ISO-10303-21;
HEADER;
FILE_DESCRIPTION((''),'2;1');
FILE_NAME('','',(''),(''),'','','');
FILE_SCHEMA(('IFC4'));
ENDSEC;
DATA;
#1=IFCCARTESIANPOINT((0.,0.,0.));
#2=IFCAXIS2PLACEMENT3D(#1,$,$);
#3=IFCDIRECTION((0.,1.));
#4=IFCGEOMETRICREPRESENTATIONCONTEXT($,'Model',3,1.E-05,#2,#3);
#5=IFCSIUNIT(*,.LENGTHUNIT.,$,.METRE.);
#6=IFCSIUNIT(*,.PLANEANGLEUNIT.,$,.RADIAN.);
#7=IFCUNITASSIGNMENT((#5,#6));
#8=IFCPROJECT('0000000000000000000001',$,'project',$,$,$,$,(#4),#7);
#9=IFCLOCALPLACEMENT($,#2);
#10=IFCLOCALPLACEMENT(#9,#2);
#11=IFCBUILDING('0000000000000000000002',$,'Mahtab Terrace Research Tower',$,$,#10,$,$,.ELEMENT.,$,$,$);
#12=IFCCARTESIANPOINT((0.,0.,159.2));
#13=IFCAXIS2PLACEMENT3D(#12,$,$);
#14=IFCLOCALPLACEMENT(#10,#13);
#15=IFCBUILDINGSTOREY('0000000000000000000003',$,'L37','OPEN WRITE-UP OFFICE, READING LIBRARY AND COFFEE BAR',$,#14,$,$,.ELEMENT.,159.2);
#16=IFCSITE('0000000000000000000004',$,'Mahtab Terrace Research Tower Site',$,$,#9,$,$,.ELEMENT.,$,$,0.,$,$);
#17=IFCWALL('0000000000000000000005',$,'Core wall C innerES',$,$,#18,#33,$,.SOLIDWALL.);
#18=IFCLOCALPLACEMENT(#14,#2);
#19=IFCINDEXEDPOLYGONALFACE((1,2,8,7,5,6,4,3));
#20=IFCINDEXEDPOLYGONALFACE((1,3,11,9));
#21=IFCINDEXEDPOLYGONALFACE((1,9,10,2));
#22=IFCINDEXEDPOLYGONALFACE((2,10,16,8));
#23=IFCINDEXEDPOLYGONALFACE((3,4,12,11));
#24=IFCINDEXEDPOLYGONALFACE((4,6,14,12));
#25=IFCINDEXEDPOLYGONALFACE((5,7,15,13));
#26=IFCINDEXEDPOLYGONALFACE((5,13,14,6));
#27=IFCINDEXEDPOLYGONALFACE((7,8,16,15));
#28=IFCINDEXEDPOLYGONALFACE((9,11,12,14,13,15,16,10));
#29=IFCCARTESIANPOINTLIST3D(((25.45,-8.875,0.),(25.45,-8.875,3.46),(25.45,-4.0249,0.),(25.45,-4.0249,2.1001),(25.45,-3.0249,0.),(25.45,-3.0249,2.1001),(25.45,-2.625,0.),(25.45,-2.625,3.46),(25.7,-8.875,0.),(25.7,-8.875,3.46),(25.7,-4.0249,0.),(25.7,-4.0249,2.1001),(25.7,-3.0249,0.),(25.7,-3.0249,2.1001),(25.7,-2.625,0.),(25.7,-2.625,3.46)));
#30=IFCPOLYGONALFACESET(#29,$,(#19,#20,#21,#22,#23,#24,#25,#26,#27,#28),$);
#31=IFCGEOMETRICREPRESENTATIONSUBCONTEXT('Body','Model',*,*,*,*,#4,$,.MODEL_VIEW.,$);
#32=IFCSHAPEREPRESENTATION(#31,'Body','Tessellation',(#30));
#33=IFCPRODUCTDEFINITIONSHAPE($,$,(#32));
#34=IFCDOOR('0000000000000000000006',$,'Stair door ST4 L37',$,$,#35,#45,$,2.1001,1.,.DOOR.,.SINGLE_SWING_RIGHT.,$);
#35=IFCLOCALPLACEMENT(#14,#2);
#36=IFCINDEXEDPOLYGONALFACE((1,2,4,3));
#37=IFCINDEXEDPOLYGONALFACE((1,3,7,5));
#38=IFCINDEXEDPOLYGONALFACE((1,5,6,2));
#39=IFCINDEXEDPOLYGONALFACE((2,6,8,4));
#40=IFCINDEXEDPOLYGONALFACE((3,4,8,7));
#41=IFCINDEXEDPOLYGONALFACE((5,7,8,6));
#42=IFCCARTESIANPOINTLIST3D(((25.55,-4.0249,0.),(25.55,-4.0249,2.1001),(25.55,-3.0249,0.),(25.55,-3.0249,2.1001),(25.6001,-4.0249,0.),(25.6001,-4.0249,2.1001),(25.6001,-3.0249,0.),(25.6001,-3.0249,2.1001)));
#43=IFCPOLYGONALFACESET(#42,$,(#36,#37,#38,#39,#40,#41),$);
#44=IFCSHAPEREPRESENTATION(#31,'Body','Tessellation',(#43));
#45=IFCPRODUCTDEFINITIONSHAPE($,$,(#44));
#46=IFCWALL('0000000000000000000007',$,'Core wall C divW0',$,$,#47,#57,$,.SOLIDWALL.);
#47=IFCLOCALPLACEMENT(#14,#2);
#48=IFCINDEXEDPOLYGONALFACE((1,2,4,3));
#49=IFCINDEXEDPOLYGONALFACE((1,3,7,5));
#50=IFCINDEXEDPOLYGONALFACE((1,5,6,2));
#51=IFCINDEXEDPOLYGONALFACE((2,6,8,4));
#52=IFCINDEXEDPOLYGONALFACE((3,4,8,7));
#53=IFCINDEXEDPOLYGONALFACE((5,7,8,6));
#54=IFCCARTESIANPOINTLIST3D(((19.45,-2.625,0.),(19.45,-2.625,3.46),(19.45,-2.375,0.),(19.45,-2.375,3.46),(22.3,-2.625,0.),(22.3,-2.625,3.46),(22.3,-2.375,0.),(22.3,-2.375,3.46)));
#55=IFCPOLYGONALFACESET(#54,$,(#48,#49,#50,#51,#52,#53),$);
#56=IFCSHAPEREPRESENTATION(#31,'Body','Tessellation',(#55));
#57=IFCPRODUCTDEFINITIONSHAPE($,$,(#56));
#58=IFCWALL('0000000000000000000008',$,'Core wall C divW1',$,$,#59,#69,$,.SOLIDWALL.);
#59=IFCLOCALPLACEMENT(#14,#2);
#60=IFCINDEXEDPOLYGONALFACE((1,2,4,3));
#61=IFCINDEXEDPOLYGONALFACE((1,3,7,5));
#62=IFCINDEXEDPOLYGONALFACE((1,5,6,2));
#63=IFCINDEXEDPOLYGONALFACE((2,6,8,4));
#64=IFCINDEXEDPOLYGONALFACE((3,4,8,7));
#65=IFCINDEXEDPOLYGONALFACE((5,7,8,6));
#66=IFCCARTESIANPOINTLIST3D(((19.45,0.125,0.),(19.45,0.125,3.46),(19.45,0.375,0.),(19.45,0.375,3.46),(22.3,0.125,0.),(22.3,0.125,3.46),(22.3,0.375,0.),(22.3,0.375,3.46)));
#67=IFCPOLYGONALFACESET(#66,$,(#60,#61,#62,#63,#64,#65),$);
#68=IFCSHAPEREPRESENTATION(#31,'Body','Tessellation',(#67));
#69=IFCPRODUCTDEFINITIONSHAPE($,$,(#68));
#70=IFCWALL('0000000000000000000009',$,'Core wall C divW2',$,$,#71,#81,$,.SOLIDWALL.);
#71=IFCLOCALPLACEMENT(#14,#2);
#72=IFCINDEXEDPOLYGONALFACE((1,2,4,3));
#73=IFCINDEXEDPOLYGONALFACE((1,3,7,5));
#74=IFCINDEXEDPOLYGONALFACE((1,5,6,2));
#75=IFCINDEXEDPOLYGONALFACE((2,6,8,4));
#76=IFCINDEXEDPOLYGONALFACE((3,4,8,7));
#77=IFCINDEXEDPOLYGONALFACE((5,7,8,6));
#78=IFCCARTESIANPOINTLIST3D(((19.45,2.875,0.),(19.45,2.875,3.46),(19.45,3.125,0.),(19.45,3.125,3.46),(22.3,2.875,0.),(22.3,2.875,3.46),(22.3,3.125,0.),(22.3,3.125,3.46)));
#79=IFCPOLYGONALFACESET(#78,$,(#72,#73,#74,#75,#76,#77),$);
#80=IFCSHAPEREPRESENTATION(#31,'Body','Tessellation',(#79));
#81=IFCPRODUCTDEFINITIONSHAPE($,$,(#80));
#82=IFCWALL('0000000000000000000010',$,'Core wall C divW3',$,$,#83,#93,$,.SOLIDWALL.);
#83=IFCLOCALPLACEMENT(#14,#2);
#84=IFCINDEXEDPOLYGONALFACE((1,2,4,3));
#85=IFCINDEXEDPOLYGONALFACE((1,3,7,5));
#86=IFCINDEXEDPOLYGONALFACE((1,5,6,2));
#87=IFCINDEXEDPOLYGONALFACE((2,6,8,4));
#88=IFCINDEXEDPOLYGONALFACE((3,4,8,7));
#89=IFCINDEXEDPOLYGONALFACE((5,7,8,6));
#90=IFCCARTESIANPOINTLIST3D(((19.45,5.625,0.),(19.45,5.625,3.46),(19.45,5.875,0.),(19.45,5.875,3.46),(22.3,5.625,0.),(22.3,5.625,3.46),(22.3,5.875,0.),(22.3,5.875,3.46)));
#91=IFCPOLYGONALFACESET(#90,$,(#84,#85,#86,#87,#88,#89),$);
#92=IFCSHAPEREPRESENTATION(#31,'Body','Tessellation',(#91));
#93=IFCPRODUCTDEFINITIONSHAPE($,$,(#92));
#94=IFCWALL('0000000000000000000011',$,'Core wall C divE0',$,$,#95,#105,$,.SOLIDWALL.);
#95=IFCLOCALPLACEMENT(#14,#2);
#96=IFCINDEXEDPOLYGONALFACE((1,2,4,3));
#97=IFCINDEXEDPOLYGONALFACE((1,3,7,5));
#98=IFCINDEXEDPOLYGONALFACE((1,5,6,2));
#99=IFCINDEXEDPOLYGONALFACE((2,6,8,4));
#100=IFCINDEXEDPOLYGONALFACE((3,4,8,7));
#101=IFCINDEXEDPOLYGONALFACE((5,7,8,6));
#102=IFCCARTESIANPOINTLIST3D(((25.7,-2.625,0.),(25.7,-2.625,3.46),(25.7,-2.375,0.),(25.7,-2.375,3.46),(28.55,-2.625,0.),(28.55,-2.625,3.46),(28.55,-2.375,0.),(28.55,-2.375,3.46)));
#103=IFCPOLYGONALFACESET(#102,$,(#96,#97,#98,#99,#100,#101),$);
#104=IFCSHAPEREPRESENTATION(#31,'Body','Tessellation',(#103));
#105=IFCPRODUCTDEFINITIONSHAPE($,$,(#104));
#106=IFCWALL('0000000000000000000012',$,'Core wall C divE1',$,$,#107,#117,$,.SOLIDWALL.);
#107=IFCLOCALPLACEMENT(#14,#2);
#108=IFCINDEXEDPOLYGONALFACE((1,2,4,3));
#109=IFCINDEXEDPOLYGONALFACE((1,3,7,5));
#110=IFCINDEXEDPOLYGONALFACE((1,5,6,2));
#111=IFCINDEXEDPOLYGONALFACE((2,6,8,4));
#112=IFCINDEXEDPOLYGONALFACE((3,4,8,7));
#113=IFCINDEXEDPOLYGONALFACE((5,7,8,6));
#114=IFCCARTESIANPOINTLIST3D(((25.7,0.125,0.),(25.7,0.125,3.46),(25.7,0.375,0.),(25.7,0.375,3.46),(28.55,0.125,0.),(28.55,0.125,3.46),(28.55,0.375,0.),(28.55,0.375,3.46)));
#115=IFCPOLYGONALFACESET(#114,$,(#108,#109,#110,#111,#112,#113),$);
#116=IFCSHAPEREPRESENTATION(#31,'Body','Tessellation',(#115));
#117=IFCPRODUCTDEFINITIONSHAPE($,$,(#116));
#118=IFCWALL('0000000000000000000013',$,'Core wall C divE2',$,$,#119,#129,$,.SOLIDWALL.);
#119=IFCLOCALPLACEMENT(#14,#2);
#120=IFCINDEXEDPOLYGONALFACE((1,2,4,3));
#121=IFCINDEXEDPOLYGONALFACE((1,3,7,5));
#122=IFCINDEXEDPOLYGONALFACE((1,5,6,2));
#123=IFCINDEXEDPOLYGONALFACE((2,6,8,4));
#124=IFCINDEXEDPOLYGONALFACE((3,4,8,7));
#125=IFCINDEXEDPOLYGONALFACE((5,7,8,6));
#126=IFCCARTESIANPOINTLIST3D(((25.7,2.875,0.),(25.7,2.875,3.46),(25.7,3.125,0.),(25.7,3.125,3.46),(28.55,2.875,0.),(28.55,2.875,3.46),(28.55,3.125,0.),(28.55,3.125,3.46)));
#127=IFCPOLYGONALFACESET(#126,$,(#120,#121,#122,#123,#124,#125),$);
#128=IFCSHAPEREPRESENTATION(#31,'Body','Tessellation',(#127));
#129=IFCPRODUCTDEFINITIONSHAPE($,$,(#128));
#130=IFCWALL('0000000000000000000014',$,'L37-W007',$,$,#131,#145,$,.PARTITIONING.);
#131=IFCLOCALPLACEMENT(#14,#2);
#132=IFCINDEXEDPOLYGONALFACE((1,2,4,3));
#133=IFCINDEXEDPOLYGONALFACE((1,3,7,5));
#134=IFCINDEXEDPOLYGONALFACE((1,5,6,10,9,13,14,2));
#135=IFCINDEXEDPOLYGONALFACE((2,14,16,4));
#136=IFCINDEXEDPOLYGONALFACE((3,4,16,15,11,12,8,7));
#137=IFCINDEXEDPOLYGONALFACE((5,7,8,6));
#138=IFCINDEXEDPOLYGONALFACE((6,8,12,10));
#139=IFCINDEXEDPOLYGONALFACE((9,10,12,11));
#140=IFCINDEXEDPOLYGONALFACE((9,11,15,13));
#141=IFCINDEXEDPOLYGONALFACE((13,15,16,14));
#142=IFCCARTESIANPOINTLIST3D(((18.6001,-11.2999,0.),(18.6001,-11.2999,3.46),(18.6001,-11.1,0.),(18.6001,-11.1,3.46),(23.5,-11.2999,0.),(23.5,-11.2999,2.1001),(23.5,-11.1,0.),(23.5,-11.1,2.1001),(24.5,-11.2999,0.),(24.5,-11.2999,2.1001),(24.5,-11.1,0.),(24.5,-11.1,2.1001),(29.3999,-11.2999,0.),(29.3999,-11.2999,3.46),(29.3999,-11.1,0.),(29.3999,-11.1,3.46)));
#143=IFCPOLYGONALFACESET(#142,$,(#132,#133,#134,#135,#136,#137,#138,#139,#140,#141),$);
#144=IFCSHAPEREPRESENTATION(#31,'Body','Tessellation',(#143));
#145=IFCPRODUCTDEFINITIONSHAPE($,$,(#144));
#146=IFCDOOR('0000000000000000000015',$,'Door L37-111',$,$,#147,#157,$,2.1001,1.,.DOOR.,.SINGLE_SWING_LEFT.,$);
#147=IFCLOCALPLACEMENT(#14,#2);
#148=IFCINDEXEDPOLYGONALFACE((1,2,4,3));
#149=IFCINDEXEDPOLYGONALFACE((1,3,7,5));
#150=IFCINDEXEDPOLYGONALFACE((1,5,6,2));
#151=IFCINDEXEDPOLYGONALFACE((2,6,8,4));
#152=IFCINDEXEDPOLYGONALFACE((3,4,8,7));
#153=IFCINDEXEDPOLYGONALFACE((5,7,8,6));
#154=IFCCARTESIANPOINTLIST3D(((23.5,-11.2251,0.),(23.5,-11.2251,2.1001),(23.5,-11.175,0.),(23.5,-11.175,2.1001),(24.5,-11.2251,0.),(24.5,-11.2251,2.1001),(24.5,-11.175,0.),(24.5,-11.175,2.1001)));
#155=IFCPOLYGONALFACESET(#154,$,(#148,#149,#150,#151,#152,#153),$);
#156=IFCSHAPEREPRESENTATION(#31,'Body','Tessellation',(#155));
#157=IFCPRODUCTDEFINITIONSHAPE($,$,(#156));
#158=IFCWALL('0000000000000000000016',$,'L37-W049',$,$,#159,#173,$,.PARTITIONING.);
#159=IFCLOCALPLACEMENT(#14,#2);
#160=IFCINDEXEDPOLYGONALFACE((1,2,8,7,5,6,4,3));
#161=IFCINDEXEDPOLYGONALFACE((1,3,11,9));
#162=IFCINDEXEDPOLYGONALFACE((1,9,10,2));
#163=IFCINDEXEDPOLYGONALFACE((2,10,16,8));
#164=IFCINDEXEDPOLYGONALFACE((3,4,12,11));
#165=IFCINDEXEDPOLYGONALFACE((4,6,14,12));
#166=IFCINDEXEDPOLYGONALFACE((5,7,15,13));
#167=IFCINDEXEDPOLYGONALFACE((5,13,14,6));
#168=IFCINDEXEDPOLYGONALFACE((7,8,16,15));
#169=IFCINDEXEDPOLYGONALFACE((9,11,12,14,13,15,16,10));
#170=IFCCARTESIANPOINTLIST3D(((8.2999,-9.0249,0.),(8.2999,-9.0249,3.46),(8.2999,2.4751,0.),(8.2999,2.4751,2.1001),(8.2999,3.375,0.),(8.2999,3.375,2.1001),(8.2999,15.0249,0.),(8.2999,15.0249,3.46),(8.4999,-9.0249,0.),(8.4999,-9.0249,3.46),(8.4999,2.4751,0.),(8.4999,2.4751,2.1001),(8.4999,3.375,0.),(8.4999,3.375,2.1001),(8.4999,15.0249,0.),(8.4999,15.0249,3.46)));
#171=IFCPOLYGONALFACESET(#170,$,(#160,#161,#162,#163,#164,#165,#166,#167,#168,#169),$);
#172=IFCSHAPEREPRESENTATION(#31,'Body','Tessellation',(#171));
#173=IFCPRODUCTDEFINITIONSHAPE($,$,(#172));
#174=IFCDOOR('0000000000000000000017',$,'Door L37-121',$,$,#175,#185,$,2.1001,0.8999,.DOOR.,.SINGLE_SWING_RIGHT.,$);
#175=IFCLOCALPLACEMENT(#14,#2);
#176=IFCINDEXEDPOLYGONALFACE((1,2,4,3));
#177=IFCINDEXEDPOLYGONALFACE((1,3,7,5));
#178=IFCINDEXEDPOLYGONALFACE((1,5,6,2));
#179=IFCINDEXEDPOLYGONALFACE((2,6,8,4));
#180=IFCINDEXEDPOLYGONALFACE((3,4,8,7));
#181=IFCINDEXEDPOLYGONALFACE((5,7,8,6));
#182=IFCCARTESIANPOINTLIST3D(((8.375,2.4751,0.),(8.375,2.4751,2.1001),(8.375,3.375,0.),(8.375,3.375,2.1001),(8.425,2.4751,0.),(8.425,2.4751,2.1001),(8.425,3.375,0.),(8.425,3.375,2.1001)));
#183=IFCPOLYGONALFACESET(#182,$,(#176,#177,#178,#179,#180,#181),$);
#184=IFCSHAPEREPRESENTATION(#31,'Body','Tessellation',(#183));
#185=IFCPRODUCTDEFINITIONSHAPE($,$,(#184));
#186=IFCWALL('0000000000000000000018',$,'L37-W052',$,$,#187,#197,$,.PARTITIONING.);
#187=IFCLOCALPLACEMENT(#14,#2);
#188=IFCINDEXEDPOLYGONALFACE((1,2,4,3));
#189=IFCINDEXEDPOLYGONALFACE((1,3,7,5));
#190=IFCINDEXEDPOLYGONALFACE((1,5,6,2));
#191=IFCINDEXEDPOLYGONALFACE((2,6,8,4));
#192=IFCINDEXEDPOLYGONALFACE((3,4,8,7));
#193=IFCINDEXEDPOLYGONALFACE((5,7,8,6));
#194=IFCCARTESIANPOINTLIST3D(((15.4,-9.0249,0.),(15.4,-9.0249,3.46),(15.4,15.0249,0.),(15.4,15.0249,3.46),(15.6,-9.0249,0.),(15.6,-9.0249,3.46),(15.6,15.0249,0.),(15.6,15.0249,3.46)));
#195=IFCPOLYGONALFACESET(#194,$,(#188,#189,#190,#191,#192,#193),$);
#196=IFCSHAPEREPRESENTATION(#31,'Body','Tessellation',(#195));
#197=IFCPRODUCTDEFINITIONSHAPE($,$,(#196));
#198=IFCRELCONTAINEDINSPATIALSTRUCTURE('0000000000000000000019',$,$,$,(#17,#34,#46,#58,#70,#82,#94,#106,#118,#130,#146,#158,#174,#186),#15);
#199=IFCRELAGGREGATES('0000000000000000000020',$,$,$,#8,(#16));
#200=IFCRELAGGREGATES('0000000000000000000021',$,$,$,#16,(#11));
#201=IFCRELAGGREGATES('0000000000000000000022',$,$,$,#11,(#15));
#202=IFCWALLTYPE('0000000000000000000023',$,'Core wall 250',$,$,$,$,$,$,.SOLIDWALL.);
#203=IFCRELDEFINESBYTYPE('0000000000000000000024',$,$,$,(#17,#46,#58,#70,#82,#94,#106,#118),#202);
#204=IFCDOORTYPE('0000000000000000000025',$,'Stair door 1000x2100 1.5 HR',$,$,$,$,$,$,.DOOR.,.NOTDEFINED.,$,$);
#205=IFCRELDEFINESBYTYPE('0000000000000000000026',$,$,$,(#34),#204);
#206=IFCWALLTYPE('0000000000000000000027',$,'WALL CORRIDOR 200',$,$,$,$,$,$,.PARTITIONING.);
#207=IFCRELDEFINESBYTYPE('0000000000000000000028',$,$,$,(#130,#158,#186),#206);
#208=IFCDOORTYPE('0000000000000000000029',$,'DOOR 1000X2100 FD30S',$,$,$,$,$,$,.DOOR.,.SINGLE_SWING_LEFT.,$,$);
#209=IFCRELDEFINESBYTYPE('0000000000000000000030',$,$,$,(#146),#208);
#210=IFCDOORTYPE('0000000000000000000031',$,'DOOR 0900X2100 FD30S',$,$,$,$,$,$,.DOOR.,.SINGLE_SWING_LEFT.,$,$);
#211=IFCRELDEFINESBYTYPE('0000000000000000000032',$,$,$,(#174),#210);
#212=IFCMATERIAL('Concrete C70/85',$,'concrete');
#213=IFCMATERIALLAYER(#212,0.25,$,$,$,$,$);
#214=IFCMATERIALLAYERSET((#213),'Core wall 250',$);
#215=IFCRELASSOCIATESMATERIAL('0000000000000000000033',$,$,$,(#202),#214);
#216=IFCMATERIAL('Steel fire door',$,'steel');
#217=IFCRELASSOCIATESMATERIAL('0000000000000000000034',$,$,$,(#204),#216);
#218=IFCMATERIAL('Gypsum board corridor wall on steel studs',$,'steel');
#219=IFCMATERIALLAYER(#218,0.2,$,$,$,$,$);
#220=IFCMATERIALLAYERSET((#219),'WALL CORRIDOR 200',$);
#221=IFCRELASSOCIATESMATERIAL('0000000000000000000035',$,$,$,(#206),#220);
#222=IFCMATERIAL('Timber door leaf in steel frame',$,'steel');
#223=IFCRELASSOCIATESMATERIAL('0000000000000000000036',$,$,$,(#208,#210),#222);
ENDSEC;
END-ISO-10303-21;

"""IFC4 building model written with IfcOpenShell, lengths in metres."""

from ifc_helpers import new_model, si_unit, direction, frame, frame_2d, origin, place, context, subcontext, project, spatial, rectangle, extrude, material, layer, layer_set, type_object, element, fill, save


model = new_model("IFC4")

# Units and contexts
model_context = context("Model", 3, precision=1e-05, world=origin(), true_north=direction((0.0, 1.0)))
body_context = subcontext(model_context, "Body", "Model", "MODEL_VIEW")
ifc_project = project(units=[si_unit("LENGTHUNIT", "METRE"), si_unit("PLANEANGLEUNIT", "RADIAN")], contexts=[model_context])

# Site, building, storey
site_placement = place(None, origin())
site = spatial("IfcSite", under=ifc_project, at=site_placement, Name="Mahtab Terrace Research Tower Site", CompositionType="ELEMENT", RefElevation=0.0)
building_placement = place(site_placement, origin())
building = spatial("IfcBuilding", under=site, at=building_placement, Name="Mahtab Terrace Research Tower", CompositionType="ELEMENT")
storey_placement = place(building_placement, frame((0.0, 0.0, 159.2)))
storey = spatial("IfcBuildingStorey", under=building, at=storey_placement, Name="L37", Description="OPEN WRITE-UP OFFICE, READING LIBRARY AND COFFEE BAR", CompositionType="ELEMENT", Elevation=159.2)

# Shared definitions
ifc_material_1 = material(Name="Concrete C70/85", Category="concrete")

# Shared definitions
ifc_layer_1 = layer(ifc_material_1, 0.25)
ifc_layer_set_1 = layer_set([ifc_layer_1], Name="Core wall 250")
wall_type_1 = type_object("IfcWallType", Name="Core wall 250", PredefinedType="SOLIDWALL", material=ifc_layer_set_1)
ifc_material_2 = material(Name="Steel fire door", Category="steel")

# Wall, opening, door
wall_1_placement = place(storey_placement, frame((25.575, -8.875, 0.0), z_axis=(0.0, 0.0, 1.0), x_axis=(0.0, 1.0, 0.0)))
wall_1 = element("IfcWall", 1, at=wall_1_placement, inside=storey, type_object=wall_type_1, Name="Core wall C innerES", PredefinedType="SOLIDWALL", context=body_context, shape_type="SweptSolid", body=[
    extrude(rectangle(XDim=6.25, YDim=0.25, at=frame_2d((3.125, 0.0))), origin(), (0.0, 0.0, 1.0), 3.46),
])
opening_1_placement = place(wall_1_placement, frame((4.8501, 0.0, 0.0)))
opening_1 = element("IfcOpeningElement", 2, at=opening_1_placement, cuts=wall_1, PredefinedType="OPENING", context=body_context, shape_type="SweptSolid", body=[
    extrude(rectangle(XDim=1.0, YDim=2.1001, at=frame_2d((0.5, 1.05))), frame((0.0, 0.135, 0.0), z_axis=(0.0, -1.0, 0.0), x_axis=(1.0, 0.0, 0.0)), (0.0, 0.0, 1.0), 0.27),
])
door_type_1 = type_object("IfcDoorType", Name="Stair door 1000x2100 1.5 HR", OperationType="NOTDEFINED", PredefinedType="DOOR", material=ifc_material_2)
door_1_placement = place(opening_1_placement, origin())
door_1 = element("IfcDoor", 3, at=door_1_placement, inside=storey, type_object=door_type_1, Name="Stair door ST4 L37", OperationType="SINGLE_SWING_RIGHT", OverallHeight=2.1001, OverallWidth=1.0, PredefinedType="DOOR", context=body_context, shape_type="SweptSolid", body=[
    extrude(rectangle(XDim=1.0, YDim=2.1001, at=frame_2d((0.5, 1.05))), frame((0.0, 0.0249, 0.0), z_axis=(0.0, -1.0, 0.0), x_axis=(1.0, 0.0, 0.0)), (0.0, 0.0, 1.0), 0.05),
])
fill(opening_1, door_1)

# Walls
for number, where, z_axis, x_axis, name in (
    (4, (19.45, -2.5, 0.0), (0.0, 0.0, 1.0), (1.0, 0.0, 0.0), "Core wall C divW0"),
    (5, (19.45, 0.25, 0.0), (0.0, 0.0, 1.0), (1.0, 0.0, 0.0), "Core wall C divW1"),
    (6, (19.45, 3.0, 0.0), (0.0, 0.0, 1.0), (1.0, 0.0, 0.0), "Core wall C divW2"),
    (7, (19.45, 5.75, 0.0), (0.0, 0.0, 1.0), (1.0, 0.0, 0.0), "Core wall C divW3"),
    (8, (25.7, -2.5, 0.0), (0.0, 0.0, 1.0), (1.0, 0.0, 0.0), "Core wall C divE0"),
    (9, (25.7, 0.25, 0.0), (0.0, 0.0, 1.0), (1.0, 0.0, 0.0), "Core wall C divE1"),
    (10, (25.7, 3.0, 0.0), (0.0, 0.0, 1.0), (1.0, 0.0, 0.0), "Core wall C divE2"),
):
    element("IfcWall", number, at=place(storey_placement, frame(where, z_axis=z_axis, x_axis=x_axis)), inside=storey, type_object=wall_type_1, Name=name, PredefinedType="SOLIDWALL", context=body_context, shape_type="SweptSolid", body=[
        extrude(rectangle(XDim=2.8501, YDim=0.25, at=frame_2d((1.425, 0.0))), origin(), (0.0, 0.0, 1.0), 3.46),
    ])

# Walls, openings, doors
ifc_material_3 = material(Name="Gypsum board corridor wall on steel studs", Category="steel")
ifc_layer_2 = layer(ifc_material_3, 0.2)
ifc_layer_set_2 = layer_set([ifc_layer_2], Name="WALL CORRIDOR 200")
wall_type_2 = type_object("IfcWallType", Name="WALL CORRIDOR 200", PredefinedType="PARTITIONING", material=ifc_layer_set_2)
wall_2_placement = place(storey_placement, frame((18.6001, -11.2, 0.0), z_axis=(0.0, 0.0, 1.0), x_axis=(1.0, 0.0, 0.0)))
wall_2 = element("IfcWall", 11, at=wall_2_placement, inside=storey, type_object=wall_type_2, Name="L37-W007", PredefinedType="PARTITIONING", context=body_context, shape_type="SweptSolid", body=[
    extrude(rectangle(XDim=10.7998, YDim=0.2, at=frame_2d((5.3999, 0.0))), origin(), (0.0, 0.0, 1.0), 3.46),
])
opening_2_placement = place(wall_2_placement, frame((4.8999, 0.0, 0.0)))
opening_2 = element("IfcOpeningElement", 12, at=opening_2_placement, cuts=wall_2, PredefinedType="OPENING", context=body_context, shape_type="SweptSolid", body=[
    extrude(rectangle(XDim=1.0, YDim=2.1001, at=frame_2d((0.5, 1.05))), frame((0.0, 0.1099, 0.0), z_axis=(0.0, -1.0, 0.0), x_axis=(1.0, 0.0, 0.0)), (0.0, 0.0, 1.0), 0.22),
])
ifc_material_4 = material(Name="Timber door leaf in steel frame", Category="steel")
door_type_2 = type_object("IfcDoorType", Name="DOOR 1000X2100 FD30S", OperationType="SINGLE_SWING_LEFT", PredefinedType="DOOR", material=ifc_material_4)
door_2_placement = place(opening_2_placement, origin())
door_2 = element("IfcDoor", 13, at=door_2_placement, inside=storey, type_object=door_type_2, Name="Door L37-111", OperationType="SINGLE_SWING_LEFT", OverallHeight=2.1001, OverallWidth=1.0, PredefinedType="DOOR", context=body_context, shape_type="SweptSolid", body=[
    extrude(rectangle(XDim=1.0, YDim=2.1001, at=frame_2d((0.5, 1.05))), frame((0.0, 0.0249, 0.0), z_axis=(0.0, -1.0, 0.0), x_axis=(1.0, 0.0, 0.0)), (0.0, 0.0, 1.0), 0.05),
])
fill(opening_2, door_2)
wall_3_placement = place(storey_placement, frame((8.3999, -9.0249, 0.0), z_axis=(0.0, 0.0, 1.0), x_axis=(0.0, 1.0, 0.0)))
wall_3 = element("IfcWall", 14, at=wall_3_placement, inside=storey, type_object=wall_type_2, Name="L37-W049", PredefinedType="PARTITIONING", context=body_context, shape_type="SweptSolid", body=[
    extrude(rectangle(XDim=24.0498, YDim=0.2, at=frame_2d((12.0249, 0.0))), origin(), (0.0, 0.0, 1.0), 3.46),
])
opening_3_placement = place(wall_3_placement, frame((11.5, 0.0, 0.0)))
opening_3 = element("IfcOpeningElement", 15, at=opening_3_placement, cuts=wall_3, PredefinedType="OPENING", context=body_context, shape_type="SweptSolid", body=[
    extrude(rectangle(XDim=0.8999, YDim=2.1001, at=frame_2d((0.45, 1.05))), frame((0.0, 0.1099, 0.0), z_axis=(0.0, -1.0, 0.0), x_axis=(1.0, 0.0, 0.0)), (0.0, 0.0, 1.0), 0.22),
])
door_type_3 = type_object("IfcDoorType", Name="DOOR 0900X2100 FD30S", OperationType="SINGLE_SWING_LEFT", PredefinedType="DOOR", material=ifc_material_4)
door_3_placement = place(opening_3_placement, origin())
door_3 = element("IfcDoor", 16, at=door_3_placement, inside=storey, type_object=door_type_3, Name="Door L37-121", OperationType="SINGLE_SWING_RIGHT", OverallHeight=2.1001, OverallWidth=0.8999, PredefinedType="DOOR", context=body_context, shape_type="SweptSolid", body=[
    extrude(rectangle(XDim=0.8999, YDim=2.1001, at=frame_2d((0.45, 1.05))), frame((0.0, 0.0249, 0.0), z_axis=(0.0, -1.0, 0.0), x_axis=(1.0, 0.0, 0.0)), (0.0, 0.0, 1.0), 0.05),
])
fill(opening_3, door_3)

# Wall
wall_4_placement = place(storey_placement, frame((15.5, -9.0249, 0.0), z_axis=(0.0, 0.0, 1.0), x_axis=(0.0, 1.0, 0.0)))
element("IfcWall", 17, at=wall_4_placement, inside=storey, type_object=wall_type_2, Name="L37-W052", PredefinedType="PARTITIONING", context=body_context, shape_type="SweptSolid", body=[
    extrude(rectangle(XDim=24.0498, YDim=0.2, at=frame_2d((12.0249, 0.0))), origin(), (0.0, 0.0, 1.0), 3.46),
])

save(model, "model.ifc")
